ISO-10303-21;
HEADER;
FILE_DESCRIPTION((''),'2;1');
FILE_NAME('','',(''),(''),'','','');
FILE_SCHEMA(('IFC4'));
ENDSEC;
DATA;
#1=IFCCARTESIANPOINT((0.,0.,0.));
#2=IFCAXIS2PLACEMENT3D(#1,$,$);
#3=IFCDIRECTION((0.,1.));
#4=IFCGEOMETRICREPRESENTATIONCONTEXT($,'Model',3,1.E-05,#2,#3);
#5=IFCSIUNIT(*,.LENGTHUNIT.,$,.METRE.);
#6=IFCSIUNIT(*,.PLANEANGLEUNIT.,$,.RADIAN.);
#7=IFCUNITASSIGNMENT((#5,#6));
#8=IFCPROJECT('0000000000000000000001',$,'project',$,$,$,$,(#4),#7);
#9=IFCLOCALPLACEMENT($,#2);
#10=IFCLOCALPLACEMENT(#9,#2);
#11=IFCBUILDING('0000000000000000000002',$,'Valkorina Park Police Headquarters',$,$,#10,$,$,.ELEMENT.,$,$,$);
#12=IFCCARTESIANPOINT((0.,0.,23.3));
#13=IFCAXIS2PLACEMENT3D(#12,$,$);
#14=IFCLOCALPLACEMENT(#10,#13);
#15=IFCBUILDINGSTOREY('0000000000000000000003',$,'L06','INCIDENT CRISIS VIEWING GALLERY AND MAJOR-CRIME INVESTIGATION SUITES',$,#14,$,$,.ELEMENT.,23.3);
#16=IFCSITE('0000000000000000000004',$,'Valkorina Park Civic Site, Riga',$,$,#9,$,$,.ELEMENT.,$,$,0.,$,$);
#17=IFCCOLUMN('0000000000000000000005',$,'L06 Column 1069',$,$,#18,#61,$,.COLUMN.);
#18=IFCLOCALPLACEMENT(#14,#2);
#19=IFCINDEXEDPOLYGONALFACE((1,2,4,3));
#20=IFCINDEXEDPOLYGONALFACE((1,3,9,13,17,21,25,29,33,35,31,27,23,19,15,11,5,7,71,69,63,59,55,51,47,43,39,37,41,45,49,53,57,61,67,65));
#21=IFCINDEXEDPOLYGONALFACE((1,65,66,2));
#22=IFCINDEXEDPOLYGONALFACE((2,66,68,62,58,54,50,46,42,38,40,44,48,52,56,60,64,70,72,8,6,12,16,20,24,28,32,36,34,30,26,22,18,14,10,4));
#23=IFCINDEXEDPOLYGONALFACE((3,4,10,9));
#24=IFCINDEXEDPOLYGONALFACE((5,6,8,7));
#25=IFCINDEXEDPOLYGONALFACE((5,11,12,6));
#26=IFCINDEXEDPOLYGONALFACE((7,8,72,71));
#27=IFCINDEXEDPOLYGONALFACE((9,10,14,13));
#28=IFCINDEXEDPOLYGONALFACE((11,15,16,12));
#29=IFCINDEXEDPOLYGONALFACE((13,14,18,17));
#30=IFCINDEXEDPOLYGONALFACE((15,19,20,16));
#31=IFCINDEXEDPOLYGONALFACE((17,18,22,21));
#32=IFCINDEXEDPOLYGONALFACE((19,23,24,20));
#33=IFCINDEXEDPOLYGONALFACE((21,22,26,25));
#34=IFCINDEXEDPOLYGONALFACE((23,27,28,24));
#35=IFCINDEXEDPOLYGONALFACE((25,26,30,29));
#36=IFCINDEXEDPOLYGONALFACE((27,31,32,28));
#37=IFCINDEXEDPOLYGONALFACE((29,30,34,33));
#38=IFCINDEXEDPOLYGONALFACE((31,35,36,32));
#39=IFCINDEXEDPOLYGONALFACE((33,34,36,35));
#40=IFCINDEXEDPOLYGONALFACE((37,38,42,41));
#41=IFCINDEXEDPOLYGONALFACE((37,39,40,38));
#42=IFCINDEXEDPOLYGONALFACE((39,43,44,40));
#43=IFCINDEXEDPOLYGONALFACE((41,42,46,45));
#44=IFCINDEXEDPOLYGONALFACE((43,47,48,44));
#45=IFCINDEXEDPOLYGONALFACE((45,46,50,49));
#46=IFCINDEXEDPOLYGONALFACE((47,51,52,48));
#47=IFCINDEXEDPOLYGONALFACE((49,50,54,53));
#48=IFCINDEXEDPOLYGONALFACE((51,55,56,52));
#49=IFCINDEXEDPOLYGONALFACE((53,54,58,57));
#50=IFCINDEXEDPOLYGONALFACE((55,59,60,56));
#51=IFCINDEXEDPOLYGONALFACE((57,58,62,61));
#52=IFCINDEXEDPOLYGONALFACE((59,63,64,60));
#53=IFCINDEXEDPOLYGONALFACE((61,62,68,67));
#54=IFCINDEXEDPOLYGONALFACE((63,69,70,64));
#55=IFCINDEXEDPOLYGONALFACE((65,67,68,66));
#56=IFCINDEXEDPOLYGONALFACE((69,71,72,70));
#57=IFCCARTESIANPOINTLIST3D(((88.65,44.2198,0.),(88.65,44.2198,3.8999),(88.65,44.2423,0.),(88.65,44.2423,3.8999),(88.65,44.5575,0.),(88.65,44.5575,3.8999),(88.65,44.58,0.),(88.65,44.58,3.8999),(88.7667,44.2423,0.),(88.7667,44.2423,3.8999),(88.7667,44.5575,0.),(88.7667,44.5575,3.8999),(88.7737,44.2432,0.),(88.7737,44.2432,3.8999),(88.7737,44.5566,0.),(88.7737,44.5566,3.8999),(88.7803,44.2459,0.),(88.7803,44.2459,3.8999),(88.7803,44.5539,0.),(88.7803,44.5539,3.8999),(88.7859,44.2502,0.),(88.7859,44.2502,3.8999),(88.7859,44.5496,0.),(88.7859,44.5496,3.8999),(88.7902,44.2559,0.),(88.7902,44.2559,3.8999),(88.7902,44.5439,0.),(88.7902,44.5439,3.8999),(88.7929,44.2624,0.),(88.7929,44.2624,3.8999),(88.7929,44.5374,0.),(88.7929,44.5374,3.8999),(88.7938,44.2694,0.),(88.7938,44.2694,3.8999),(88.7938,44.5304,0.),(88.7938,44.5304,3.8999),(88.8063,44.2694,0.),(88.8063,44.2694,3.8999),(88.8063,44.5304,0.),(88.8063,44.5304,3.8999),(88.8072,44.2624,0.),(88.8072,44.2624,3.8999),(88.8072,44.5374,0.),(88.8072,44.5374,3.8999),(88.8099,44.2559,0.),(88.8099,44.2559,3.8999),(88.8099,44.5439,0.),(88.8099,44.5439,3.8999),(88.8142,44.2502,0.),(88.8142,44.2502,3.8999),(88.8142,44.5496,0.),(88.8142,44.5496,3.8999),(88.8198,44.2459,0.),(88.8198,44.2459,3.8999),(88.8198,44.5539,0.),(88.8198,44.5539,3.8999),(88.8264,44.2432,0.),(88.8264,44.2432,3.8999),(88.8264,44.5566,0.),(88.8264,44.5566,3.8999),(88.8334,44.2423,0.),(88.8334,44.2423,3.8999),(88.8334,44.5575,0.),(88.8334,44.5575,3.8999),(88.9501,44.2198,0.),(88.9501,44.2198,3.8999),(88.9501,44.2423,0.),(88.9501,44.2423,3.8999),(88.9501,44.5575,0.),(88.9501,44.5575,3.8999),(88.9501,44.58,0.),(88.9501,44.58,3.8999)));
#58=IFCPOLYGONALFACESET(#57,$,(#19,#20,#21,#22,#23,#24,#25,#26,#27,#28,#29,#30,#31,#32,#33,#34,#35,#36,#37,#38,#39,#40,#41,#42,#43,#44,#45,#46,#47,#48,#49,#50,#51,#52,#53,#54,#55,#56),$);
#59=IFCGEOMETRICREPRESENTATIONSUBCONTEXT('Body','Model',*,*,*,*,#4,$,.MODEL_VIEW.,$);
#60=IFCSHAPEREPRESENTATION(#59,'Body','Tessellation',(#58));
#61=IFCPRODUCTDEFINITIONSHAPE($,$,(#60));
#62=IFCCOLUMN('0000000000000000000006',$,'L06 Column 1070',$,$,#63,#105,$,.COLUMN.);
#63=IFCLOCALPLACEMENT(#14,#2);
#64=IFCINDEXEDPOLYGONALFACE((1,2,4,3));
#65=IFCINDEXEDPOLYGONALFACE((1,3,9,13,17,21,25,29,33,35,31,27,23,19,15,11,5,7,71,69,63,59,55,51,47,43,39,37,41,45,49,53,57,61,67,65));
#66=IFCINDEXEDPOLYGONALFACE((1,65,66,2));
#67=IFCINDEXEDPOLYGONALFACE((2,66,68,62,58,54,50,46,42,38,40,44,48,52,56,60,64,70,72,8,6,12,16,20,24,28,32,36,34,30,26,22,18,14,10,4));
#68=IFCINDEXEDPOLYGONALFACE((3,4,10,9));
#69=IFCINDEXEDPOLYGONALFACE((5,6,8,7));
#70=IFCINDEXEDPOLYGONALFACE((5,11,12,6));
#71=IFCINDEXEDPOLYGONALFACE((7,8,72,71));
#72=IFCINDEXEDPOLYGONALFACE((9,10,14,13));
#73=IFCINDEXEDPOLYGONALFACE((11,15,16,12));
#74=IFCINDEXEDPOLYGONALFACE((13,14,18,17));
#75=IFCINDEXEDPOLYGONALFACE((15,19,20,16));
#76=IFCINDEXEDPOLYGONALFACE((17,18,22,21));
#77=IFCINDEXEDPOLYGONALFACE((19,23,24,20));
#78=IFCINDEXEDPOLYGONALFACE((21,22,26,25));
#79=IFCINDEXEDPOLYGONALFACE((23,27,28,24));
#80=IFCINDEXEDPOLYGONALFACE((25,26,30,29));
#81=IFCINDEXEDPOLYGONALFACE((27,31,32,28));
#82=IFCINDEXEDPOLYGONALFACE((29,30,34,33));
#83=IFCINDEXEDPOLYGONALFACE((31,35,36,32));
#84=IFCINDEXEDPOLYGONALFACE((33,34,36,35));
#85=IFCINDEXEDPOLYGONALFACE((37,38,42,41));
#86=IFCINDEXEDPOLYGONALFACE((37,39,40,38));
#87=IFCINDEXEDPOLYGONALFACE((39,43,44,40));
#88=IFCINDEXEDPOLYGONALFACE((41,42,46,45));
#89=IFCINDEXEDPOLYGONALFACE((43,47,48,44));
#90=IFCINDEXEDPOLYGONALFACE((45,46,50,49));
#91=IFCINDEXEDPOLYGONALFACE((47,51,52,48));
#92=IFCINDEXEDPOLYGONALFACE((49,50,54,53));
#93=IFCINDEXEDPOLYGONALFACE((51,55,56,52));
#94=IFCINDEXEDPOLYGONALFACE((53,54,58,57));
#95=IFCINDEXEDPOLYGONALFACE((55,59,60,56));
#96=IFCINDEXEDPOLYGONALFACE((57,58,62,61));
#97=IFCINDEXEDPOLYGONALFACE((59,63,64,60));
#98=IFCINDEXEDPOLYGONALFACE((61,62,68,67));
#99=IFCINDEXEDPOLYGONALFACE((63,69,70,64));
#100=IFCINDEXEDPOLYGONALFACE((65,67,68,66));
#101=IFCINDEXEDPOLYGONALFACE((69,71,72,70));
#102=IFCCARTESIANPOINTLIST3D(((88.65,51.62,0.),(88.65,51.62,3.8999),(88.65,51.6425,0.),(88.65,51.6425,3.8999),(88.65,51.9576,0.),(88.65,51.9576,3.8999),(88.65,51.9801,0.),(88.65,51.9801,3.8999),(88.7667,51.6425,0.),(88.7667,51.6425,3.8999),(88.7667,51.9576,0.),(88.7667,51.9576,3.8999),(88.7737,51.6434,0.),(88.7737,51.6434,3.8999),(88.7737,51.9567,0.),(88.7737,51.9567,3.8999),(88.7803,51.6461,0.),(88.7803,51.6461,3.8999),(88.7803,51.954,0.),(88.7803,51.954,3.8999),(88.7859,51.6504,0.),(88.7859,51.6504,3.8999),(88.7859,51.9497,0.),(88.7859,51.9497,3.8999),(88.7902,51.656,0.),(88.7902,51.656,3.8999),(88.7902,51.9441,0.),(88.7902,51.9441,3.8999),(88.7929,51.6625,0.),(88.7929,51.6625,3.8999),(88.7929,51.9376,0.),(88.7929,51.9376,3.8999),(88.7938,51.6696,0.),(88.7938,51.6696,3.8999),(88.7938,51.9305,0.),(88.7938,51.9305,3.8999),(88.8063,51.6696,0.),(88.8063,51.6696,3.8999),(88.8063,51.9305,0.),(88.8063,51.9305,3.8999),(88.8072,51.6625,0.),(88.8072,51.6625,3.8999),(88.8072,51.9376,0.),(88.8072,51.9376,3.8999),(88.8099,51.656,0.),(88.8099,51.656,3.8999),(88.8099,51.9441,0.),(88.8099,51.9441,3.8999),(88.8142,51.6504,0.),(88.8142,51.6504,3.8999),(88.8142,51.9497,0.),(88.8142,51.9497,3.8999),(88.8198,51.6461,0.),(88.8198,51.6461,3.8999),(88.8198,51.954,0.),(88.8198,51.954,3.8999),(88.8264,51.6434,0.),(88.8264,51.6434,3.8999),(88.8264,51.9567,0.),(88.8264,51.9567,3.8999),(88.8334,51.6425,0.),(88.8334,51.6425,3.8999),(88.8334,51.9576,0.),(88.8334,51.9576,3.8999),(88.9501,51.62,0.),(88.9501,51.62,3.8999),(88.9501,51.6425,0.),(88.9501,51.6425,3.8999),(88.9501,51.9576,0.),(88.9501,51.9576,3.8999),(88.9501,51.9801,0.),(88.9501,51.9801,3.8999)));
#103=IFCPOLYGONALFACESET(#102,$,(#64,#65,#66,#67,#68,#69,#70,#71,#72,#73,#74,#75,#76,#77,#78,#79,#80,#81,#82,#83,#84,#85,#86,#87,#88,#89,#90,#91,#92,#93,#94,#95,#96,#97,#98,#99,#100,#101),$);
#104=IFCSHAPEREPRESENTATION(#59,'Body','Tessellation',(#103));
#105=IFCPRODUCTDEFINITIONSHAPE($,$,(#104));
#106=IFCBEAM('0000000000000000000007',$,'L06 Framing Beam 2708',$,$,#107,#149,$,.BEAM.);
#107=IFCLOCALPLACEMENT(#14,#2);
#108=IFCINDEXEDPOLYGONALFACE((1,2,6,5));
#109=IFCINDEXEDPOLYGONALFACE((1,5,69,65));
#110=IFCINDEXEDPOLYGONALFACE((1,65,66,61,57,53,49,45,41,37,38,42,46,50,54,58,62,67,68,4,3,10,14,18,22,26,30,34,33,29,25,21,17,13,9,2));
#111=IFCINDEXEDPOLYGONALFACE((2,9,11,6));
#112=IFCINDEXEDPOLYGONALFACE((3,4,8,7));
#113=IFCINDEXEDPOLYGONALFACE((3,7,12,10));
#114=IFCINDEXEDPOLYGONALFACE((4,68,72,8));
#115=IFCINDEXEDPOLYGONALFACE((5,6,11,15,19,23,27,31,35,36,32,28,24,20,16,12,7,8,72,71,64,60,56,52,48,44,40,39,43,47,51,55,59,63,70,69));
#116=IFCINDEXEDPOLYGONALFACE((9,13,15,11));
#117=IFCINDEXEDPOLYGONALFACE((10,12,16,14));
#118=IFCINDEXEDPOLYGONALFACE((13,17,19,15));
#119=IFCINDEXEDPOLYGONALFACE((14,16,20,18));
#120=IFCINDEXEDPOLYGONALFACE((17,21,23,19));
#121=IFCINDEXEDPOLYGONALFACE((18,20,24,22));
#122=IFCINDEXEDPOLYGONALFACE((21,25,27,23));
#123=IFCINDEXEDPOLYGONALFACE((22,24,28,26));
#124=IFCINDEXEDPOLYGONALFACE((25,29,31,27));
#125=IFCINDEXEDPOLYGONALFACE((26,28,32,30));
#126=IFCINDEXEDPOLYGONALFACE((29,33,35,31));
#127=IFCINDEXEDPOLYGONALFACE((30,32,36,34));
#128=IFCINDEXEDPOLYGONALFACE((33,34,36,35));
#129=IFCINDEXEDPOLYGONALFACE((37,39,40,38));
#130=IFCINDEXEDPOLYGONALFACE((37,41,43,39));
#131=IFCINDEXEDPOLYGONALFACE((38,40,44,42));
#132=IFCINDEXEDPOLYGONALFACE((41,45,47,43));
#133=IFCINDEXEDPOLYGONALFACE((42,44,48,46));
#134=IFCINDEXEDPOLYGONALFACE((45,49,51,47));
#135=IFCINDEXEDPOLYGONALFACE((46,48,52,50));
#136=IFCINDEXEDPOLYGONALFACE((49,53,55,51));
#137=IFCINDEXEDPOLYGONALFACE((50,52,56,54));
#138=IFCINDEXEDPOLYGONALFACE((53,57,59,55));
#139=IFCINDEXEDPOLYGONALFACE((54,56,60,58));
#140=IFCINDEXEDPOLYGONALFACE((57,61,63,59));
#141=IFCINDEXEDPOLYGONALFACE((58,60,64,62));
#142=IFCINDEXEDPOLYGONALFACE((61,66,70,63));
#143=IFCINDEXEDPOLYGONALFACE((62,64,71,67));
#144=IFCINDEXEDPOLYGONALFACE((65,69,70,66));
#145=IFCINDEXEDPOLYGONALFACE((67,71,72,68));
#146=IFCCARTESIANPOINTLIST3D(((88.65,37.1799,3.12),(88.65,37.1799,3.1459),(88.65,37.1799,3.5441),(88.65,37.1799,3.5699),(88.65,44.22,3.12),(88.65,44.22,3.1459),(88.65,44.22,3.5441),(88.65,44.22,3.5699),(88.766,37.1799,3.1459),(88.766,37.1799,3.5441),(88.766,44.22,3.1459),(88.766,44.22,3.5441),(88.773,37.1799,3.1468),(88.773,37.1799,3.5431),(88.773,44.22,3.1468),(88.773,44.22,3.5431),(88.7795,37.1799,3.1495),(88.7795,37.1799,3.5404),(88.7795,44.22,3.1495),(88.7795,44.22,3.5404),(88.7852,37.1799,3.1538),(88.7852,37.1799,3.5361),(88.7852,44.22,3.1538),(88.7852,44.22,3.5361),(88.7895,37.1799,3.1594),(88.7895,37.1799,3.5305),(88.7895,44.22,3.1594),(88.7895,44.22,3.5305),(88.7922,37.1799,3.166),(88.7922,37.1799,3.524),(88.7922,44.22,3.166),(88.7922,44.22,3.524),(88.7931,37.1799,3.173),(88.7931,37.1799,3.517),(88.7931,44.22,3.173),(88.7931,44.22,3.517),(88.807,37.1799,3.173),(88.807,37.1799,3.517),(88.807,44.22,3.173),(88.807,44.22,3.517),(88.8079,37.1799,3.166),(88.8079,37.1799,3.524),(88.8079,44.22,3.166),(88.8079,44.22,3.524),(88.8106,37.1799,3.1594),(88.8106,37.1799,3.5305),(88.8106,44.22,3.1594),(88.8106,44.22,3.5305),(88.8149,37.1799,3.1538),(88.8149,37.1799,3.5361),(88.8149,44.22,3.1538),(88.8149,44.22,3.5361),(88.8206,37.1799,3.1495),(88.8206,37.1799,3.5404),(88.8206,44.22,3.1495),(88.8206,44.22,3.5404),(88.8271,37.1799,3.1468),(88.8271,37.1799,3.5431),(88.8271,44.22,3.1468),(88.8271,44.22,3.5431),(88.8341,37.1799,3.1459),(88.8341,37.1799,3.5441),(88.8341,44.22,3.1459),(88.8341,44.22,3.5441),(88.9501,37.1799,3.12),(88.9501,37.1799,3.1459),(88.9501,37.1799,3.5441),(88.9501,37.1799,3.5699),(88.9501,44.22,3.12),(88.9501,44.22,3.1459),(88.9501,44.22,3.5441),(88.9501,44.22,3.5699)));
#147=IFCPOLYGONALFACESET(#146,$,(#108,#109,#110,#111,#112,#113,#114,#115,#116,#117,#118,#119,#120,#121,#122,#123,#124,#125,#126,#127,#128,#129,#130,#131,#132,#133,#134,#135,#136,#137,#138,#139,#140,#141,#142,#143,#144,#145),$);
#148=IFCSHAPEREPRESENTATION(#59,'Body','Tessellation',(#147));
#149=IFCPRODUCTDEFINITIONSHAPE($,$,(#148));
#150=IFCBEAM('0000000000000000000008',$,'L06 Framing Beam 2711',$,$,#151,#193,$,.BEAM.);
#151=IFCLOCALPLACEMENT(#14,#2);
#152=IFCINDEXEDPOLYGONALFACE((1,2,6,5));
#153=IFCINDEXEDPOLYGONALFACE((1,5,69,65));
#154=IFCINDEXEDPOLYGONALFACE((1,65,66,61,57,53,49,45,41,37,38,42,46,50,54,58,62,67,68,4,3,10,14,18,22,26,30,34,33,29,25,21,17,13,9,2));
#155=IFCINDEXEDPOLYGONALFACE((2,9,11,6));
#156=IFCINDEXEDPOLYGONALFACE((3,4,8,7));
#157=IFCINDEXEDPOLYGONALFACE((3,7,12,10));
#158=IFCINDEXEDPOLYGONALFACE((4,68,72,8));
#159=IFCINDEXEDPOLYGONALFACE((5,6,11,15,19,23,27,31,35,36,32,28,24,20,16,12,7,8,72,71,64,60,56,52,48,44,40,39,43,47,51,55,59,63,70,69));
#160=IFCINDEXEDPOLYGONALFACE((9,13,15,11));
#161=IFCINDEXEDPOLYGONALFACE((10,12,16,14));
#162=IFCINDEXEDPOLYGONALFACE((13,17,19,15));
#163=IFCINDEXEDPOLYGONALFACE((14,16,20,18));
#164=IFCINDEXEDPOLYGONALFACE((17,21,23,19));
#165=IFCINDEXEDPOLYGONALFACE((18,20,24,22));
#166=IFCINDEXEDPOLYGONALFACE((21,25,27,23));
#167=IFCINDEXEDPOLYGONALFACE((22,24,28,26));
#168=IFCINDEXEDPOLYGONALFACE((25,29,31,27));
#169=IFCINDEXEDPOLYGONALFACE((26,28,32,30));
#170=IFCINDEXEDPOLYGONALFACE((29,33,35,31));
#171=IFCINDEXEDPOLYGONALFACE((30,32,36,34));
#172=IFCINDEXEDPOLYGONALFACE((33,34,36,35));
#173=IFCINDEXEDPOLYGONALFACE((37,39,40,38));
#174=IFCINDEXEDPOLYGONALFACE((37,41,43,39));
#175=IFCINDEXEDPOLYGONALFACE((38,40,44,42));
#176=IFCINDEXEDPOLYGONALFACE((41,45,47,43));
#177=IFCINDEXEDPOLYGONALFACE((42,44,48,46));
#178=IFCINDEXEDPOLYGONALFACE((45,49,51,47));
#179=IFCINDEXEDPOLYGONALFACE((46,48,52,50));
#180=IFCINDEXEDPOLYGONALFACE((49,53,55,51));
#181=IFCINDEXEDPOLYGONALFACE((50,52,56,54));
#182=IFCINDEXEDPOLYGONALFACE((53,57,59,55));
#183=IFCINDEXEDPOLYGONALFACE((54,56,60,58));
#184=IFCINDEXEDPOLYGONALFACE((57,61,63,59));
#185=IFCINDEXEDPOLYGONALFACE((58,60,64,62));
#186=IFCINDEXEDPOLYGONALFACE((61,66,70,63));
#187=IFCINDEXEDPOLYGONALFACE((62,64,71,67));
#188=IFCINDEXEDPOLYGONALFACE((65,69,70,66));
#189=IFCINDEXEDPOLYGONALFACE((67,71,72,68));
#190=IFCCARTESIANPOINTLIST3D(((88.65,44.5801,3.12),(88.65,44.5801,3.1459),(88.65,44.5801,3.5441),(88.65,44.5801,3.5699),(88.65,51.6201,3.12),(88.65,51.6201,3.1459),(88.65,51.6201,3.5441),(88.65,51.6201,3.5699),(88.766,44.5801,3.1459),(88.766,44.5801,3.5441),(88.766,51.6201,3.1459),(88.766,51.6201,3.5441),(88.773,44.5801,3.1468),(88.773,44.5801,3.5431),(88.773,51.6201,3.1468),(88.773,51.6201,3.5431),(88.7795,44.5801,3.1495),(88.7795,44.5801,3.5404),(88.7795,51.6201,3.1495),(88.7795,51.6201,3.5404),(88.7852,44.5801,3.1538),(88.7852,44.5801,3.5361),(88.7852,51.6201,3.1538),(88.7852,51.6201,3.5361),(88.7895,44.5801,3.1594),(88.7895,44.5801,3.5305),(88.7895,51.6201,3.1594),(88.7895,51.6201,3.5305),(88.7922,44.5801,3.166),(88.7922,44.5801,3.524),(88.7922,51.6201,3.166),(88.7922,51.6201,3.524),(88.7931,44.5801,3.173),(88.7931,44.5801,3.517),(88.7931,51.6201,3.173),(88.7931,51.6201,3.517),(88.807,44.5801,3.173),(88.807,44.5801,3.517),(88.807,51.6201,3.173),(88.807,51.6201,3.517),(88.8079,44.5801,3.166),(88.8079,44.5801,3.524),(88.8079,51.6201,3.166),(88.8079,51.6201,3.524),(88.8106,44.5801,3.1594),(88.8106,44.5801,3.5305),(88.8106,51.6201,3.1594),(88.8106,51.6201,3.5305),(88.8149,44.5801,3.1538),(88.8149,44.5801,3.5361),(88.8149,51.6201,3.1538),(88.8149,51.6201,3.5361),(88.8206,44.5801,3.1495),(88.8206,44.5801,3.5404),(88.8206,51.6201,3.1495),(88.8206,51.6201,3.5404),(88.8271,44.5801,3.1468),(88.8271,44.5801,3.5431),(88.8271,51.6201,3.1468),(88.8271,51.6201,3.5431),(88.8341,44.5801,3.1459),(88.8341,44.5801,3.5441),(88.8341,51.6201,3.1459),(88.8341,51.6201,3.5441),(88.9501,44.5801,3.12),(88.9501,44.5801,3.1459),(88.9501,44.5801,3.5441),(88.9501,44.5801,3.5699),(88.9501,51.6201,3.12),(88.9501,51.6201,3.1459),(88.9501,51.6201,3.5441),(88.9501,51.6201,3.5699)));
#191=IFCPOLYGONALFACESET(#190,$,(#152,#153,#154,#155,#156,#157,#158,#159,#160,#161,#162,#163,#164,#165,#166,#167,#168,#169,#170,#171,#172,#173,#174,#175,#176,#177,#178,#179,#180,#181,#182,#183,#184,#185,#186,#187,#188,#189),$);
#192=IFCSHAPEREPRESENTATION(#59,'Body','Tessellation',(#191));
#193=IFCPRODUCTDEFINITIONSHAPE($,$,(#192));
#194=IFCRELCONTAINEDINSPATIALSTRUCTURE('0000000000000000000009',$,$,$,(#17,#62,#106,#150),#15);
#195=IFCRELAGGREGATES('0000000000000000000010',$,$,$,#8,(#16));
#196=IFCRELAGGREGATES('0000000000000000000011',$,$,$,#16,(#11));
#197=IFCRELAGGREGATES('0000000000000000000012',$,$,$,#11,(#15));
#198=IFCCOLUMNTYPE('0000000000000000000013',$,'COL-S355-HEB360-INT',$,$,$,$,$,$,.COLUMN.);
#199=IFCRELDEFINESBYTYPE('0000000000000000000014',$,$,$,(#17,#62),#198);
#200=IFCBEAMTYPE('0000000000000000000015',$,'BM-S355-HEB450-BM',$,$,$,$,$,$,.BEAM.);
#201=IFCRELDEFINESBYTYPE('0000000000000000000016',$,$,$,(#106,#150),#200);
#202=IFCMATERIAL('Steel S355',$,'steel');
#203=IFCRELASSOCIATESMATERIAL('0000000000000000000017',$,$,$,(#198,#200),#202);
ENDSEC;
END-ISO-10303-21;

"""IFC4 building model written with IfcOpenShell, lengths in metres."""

from ifc_helpers import new_model, si_unit, direction, frame, origin, origin_2d, place, context, subcontext, project, spatial, i_section, extrude, material, material_profile, profile_set, type_object, element, save


model = new_model("IFC4")

# Units and contexts
model_context = context("Model", 3, precision=1e-05, world=origin(), true_north=direction((0.0, 1.0)))
body_context = subcontext(model_context, "Body", "Model", "MODEL_VIEW")
ifc_project = project(units=[si_unit("LENGTHUNIT", "METRE"), si_unit("PLANEANGLEUNIT", "RADIAN")], contexts=[model_context])

# Site, building, storey
site_placement = place(None, origin())
site = spatial("IfcSite", under=ifc_project, at=site_placement, Name="Valkorina Park Civic Site, Riga", CompositionType="ELEMENT", RefElevation=0.0)
building_placement = place(site_placement, origin())
building = spatial("IfcBuilding", under=site, at=building_placement, Name="Valkorina Park Police Headquarters", CompositionType="ELEMENT")
storey_placement = place(building_placement, frame((0.0, 0.0, 23.3)))
storey = spatial("IfcBuildingStorey", under=building, at=storey_placement, Name="L06", Description="INCIDENT CRISIS VIEWING GALLERY AND MAJOR-CRIME INVESTIGATION SUITES", CompositionType="ELEMENT", Elevation=23.3)

# Columns
ifc_material_1 = material(Name="Steel S355", Category="steel")
ifc_material_profile_1 = material_profile(ifc_material_1, i_section(OverallWidth=0.3, OverallDepth=0.3601, WebThickness=0.0125, FlangeThickness=0.0225, FilletRadius=0.0271, at=origin_2d()), Name="HEB 360")
ifc_profile_set_1 = profile_set([ifc_material_profile_1], Name="Steel S355")
column_type = type_object("IfcColumnType", Name="COL-S355-HEB360-INT", PredefinedType="COLUMN", material=ifc_profile_set_1)
for number, where, z_axis, x_axis, name in (
    (1, (88.8, 44.3999, 0.0), (0.0, 0.0, 1.0), (1.0, 0.0, 0.0), "L06 Column 1069"),
    (2, (88.8, 51.8, 0.0), (0.0, 0.0, 1.0), (1.0, 0.0, 0.0), "L06 Column 1070"),
):
    element("IfcColumn", number, at=place(storey_placement, frame(where, z_axis=z_axis, x_axis=x_axis)), inside=storey, type_object=column_type, Name=name, PredefinedType="COLUMN", context=body_context, shape_type="SweptSolid", body=[
        extrude(i_section(OverallWidth=0.3, OverallDepth=0.3601, WebThickness=0.0125, FlangeThickness=0.0225, FilletRadius=0.0271, at=origin_2d()), origin(), (0.0, 0.0, 1.0), 3.8999),
    ])

# Beams
ifc_material_profile_2 = material_profile(ifc_material_1, i_section(OverallWidth=0.3, OverallDepth=0.45, WebThickness=0.0139, FlangeThickness=0.0259, FilletRadius=0.0271, at=origin_2d()), Name="HEB 450")
ifc_profile_set_2 = profile_set([ifc_material_profile_2], Name="Steel S355")
beam_type_1 = type_object("IfcBeamType", Name="BM-S355-HEB450-BM", PredefinedType="BEAM", material=ifc_profile_set_2)
for number, where, z_axis, x_axis, name in (
    (3, (88.8, 37.1799, 3.345), (0.0, 1.0, 0.0), (-1.0, 0.0, 0.0), "L06 Framing Beam 2708"),
    (4, (88.8, 44.5801, 3.345), (0.0, 1.0, 0.0), (-1.0, 0.0, 0.0), "L06 Framing Beam 2711"),
):
    element("IfcBeam", number, at=place(storey_placement, frame(where, z_axis=z_axis, x_axis=x_axis)), inside=storey, type_object=beam_type_1, Name=name, PredefinedType="BEAM", context=body_context, shape_type="SweptSolid", body=[
        extrude(i_section(OverallWidth=0.3, OverallDepth=0.45, WebThickness=0.0139, FlangeThickness=0.0259, FilletRadius=0.0271, at=origin_2d()), origin(), (0.0, 0.0, 1.0), 7.04),
    ])

save(model, "model.ifc")
